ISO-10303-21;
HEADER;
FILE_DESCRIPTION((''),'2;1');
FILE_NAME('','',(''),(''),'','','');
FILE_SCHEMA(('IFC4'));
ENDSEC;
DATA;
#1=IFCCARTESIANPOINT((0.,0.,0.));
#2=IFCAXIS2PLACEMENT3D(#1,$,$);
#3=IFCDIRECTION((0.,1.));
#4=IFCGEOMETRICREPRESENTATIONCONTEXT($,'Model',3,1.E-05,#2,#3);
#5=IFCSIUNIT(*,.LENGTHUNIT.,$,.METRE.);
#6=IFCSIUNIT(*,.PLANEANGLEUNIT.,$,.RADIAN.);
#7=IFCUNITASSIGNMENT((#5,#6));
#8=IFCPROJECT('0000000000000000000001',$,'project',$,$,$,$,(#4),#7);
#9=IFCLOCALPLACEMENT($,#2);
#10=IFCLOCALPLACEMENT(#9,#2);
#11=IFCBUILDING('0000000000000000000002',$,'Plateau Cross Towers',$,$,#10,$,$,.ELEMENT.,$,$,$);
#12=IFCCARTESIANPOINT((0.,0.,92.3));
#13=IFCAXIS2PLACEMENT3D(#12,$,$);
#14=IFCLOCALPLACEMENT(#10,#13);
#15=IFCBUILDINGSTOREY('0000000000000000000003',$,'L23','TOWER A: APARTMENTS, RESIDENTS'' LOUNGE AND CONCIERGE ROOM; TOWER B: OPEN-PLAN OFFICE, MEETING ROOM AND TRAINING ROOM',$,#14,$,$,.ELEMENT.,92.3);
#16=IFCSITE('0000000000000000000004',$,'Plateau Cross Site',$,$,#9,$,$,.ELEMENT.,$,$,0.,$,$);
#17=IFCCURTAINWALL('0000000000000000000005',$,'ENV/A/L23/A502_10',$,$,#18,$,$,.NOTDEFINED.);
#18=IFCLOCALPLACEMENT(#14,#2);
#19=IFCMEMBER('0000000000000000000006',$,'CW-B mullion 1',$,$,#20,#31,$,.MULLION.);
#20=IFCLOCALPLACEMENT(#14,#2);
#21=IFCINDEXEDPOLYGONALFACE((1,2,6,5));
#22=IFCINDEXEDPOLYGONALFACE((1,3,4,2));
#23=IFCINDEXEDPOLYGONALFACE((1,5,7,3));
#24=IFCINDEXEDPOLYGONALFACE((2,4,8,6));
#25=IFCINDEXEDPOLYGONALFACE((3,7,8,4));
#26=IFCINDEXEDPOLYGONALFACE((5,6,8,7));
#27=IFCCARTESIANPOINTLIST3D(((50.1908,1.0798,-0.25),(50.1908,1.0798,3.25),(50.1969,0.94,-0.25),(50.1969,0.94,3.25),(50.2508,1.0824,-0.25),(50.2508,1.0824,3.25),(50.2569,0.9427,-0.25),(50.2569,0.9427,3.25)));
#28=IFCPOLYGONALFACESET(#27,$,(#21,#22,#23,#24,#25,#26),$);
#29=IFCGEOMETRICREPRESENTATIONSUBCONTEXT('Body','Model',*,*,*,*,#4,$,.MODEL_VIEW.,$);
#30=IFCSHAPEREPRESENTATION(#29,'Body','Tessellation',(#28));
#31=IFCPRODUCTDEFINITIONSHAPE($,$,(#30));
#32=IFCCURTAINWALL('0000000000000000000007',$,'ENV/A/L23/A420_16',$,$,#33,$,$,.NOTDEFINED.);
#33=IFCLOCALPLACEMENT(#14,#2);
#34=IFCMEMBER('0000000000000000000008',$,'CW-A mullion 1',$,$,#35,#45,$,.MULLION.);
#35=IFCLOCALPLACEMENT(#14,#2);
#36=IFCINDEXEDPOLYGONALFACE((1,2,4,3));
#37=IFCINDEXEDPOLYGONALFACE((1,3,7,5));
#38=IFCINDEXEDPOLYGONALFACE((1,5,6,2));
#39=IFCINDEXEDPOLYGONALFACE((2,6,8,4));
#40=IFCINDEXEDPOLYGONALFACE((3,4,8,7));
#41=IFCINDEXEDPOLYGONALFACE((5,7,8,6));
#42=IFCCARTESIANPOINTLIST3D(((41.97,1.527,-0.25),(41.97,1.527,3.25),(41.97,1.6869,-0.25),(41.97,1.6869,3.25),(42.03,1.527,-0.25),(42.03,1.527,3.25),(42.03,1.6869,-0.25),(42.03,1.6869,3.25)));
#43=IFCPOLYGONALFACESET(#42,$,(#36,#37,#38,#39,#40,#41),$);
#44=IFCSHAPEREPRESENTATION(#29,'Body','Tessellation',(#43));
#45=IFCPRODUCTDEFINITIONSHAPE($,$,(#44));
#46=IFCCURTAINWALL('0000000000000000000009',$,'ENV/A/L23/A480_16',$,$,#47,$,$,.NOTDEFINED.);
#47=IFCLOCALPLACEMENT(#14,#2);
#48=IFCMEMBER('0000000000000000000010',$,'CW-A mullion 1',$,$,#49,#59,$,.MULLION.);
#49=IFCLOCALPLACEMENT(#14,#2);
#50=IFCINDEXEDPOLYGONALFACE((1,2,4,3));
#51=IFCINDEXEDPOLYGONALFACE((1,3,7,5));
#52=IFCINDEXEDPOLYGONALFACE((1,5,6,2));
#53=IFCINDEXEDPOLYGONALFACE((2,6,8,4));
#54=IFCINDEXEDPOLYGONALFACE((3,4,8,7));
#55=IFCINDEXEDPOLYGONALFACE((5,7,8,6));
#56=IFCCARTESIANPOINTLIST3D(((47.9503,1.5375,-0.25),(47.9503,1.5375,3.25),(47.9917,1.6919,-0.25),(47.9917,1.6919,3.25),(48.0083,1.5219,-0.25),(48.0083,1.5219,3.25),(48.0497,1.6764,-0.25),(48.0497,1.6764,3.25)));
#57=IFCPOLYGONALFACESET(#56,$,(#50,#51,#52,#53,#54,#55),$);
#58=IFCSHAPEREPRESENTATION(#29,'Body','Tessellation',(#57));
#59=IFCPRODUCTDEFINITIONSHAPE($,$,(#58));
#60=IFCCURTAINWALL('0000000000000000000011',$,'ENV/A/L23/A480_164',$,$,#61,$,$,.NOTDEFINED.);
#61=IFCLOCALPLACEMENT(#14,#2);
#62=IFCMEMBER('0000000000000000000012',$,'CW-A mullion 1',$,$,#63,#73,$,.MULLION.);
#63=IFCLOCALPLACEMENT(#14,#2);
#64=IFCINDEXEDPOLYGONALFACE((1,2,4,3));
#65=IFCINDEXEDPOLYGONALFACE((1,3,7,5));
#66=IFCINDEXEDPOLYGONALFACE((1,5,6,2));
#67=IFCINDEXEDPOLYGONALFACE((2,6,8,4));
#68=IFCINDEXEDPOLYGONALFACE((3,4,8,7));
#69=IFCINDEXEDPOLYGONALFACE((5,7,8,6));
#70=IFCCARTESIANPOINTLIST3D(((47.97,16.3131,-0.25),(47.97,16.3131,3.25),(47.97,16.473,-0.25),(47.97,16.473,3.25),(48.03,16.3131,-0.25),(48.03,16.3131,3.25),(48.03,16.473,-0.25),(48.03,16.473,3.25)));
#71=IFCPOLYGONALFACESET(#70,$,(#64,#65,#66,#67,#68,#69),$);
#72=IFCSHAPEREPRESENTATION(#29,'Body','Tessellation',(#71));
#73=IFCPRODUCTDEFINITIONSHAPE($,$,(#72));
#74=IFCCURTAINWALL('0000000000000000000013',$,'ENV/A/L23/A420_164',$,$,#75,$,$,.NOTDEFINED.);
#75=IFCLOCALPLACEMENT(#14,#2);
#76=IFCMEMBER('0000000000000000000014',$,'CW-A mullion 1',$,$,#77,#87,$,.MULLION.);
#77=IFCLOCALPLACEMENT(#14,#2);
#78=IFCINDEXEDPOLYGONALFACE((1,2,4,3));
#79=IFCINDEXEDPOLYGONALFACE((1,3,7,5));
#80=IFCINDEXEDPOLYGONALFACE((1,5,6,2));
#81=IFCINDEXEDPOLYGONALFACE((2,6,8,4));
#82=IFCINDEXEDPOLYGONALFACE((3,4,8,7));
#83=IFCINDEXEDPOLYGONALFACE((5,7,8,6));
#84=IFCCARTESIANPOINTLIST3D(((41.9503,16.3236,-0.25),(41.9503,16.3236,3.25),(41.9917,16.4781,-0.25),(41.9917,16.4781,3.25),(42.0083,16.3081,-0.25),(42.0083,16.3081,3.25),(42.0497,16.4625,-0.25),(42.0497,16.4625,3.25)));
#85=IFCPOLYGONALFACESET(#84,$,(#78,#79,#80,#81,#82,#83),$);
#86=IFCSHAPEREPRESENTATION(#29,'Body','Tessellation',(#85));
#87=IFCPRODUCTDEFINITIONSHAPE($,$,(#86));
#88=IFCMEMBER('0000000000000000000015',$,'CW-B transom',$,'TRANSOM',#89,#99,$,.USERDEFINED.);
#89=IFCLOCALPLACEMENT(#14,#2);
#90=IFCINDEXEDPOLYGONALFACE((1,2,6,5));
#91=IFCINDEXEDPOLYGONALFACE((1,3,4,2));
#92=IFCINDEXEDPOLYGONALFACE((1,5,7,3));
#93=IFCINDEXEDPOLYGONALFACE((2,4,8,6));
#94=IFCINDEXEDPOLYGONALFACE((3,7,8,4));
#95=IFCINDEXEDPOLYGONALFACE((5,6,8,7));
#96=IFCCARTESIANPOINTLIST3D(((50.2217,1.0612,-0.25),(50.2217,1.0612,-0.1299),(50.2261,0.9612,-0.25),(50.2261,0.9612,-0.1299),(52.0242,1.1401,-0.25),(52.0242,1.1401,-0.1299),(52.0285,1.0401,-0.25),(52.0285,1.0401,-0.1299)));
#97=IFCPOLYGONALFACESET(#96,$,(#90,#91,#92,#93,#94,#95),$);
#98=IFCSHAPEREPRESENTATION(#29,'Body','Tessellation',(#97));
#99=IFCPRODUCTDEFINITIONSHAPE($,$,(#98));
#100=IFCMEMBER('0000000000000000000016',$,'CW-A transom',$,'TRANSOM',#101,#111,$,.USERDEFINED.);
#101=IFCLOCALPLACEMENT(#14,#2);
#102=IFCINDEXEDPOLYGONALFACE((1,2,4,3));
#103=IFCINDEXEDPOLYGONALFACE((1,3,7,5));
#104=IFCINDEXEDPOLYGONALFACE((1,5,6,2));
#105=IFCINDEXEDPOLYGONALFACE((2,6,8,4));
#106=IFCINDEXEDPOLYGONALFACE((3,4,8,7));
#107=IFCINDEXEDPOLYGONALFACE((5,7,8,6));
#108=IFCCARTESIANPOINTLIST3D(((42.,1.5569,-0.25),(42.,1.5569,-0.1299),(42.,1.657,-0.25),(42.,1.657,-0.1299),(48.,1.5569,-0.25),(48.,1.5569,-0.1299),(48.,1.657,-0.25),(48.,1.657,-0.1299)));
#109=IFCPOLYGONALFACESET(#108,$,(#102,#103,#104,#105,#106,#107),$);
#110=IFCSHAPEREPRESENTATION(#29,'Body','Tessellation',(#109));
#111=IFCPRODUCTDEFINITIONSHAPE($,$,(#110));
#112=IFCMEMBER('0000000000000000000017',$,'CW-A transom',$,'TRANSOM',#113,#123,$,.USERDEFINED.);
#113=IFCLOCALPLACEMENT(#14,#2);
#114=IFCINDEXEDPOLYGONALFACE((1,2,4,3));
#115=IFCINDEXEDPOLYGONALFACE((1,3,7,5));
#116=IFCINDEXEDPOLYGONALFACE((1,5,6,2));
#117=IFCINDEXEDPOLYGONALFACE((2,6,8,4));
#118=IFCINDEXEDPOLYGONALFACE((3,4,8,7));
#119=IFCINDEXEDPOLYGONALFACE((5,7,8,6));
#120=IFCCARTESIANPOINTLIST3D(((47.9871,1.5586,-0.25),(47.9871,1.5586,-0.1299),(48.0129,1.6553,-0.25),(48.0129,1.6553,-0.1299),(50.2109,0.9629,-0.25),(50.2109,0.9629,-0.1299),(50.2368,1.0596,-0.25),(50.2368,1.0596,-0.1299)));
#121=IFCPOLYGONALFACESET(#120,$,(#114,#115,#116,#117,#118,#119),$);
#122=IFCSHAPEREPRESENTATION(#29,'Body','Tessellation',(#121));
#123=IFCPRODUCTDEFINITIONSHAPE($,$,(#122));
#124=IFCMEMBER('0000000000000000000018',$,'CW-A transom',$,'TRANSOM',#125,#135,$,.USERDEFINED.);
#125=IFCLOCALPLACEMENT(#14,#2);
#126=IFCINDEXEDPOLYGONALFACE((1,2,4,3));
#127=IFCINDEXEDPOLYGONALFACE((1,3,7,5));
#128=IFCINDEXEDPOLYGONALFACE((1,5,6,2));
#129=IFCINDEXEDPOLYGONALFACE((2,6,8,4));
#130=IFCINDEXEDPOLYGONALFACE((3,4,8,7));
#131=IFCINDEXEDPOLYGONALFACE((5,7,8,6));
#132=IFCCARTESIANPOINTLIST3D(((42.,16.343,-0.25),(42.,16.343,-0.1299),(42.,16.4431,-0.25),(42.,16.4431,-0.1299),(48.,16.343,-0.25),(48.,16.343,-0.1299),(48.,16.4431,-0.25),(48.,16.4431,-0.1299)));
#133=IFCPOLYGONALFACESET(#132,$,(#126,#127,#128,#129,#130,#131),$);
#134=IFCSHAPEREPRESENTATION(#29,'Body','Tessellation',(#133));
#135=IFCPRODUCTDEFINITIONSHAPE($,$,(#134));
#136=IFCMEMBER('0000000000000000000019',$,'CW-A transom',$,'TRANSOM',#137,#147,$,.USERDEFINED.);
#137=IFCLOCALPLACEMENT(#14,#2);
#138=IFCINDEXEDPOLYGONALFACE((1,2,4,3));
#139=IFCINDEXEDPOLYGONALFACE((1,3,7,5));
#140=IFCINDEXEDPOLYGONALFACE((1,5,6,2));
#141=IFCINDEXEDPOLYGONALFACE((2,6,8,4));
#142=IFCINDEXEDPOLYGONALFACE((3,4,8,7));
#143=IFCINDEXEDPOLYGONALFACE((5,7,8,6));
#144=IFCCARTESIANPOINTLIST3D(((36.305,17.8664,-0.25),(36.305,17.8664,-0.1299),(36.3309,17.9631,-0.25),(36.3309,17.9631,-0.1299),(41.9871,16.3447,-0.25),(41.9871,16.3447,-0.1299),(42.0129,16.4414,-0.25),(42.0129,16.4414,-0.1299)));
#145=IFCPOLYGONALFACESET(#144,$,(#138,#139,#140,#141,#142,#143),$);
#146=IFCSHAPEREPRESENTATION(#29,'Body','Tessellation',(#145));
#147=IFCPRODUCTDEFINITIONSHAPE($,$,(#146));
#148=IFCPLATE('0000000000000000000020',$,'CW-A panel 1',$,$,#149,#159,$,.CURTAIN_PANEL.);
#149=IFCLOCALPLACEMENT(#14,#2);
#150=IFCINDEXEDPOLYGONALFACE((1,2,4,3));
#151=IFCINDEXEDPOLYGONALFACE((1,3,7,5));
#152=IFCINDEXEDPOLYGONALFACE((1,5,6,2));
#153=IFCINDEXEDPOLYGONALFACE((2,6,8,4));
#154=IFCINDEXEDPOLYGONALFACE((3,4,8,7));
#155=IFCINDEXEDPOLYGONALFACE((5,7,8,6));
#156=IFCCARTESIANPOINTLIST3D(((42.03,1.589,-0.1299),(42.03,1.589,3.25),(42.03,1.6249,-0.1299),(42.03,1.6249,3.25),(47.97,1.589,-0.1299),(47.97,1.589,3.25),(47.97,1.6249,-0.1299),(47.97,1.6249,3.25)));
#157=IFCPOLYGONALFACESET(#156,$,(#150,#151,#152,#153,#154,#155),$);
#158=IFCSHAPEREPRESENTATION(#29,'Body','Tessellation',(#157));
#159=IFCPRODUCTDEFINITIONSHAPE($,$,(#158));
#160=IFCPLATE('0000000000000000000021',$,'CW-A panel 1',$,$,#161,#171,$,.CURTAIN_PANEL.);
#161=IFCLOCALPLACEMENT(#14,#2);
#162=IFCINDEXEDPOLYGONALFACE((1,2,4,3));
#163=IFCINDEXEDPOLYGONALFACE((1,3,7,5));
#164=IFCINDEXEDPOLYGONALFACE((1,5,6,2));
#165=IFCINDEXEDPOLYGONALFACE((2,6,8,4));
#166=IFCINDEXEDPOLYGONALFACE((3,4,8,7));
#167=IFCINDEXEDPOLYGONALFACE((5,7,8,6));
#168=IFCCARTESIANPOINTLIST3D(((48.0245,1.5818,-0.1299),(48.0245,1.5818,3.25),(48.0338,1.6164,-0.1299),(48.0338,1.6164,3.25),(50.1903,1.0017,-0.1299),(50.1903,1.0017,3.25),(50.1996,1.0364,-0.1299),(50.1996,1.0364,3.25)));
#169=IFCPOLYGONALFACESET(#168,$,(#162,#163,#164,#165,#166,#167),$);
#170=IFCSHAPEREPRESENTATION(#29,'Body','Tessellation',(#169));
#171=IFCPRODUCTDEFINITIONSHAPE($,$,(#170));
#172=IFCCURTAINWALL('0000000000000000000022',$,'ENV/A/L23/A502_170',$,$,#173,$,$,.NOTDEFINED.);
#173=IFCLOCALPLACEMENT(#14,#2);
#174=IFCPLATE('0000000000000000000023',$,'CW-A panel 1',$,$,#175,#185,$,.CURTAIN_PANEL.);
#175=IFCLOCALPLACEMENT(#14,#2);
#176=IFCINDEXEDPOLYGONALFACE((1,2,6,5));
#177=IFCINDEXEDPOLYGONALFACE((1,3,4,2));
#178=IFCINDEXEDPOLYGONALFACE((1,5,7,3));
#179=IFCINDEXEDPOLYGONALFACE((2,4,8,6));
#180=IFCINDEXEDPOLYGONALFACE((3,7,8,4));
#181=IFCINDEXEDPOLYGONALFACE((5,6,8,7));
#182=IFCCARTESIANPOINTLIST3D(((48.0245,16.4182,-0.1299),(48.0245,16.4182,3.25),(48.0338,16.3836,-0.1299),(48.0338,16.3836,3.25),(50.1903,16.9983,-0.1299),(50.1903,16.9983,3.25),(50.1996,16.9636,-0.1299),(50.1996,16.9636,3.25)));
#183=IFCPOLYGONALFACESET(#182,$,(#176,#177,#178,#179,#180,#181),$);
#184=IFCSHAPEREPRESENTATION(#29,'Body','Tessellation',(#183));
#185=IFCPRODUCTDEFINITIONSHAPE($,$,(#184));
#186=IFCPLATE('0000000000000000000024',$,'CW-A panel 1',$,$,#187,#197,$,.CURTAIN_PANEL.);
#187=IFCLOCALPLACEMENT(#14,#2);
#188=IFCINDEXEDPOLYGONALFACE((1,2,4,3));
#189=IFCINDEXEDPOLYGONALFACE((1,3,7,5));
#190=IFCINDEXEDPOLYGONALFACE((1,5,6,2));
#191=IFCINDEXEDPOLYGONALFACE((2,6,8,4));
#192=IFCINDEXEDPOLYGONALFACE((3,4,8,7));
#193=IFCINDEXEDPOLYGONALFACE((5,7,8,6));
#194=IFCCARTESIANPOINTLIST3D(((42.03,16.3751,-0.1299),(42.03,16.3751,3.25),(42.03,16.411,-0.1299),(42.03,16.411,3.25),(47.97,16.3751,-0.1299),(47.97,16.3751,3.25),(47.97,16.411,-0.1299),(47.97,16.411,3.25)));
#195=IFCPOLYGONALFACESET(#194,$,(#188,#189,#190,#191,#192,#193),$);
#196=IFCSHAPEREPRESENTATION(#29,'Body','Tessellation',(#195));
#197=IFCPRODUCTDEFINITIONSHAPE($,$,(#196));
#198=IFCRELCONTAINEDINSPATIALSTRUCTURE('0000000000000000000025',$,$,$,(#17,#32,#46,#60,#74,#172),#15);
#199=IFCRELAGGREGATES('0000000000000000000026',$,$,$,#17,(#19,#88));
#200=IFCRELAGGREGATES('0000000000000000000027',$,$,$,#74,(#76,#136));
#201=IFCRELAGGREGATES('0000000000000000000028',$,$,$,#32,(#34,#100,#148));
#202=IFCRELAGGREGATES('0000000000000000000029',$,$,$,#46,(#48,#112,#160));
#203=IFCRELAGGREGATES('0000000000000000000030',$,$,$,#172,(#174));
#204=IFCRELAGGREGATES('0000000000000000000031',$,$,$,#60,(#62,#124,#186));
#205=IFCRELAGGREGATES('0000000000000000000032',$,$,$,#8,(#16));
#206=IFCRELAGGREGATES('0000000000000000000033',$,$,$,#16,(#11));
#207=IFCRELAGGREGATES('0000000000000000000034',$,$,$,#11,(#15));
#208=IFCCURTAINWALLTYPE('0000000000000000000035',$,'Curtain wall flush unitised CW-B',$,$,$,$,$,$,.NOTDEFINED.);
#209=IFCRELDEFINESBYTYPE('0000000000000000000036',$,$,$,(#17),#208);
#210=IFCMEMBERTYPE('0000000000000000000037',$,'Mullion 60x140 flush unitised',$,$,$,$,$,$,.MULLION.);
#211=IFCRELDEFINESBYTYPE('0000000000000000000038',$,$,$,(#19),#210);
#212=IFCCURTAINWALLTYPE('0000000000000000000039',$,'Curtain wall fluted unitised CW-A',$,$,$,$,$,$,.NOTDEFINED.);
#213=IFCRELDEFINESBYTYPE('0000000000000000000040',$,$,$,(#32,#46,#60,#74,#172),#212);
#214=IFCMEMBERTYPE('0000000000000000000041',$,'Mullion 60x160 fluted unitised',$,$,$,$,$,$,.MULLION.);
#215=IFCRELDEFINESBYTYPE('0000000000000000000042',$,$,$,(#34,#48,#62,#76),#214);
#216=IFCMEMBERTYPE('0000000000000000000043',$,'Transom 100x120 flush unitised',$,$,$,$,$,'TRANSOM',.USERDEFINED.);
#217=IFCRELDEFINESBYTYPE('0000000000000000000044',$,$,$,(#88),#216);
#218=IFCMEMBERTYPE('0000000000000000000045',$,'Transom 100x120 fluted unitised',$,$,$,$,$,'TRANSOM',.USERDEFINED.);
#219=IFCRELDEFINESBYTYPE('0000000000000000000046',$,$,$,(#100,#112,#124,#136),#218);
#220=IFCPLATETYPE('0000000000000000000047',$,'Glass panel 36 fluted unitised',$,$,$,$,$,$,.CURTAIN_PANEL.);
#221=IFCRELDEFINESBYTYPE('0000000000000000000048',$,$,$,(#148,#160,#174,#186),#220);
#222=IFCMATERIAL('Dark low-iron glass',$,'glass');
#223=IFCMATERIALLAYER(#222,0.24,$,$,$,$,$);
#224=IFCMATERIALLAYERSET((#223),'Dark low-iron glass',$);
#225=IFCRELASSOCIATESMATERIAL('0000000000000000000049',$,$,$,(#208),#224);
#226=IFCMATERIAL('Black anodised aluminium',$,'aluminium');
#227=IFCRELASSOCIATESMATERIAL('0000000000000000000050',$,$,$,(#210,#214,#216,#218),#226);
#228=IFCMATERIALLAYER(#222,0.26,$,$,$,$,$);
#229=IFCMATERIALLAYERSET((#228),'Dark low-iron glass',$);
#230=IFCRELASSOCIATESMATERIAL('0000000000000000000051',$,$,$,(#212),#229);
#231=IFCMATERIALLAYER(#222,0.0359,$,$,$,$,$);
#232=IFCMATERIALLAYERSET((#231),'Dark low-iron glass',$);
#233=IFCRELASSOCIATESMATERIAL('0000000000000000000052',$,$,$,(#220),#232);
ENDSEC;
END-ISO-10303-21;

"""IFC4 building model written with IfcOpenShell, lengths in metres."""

from ifc_helpers import new_model, si_unit, direction, frame, origin, origin_2d, place, context, subcontext, project, spatial, rectangle, extrude, material, layer, layer_set, material_profile, profile_set, type_object, element, aggregate, save


model = new_model("IFC4")

# Units and contexts
model_context = context("Model", 3, precision=1e-05, world=origin(), true_north=direction((0.0, 1.0)))
body_context = subcontext(model_context, "Body", "Model", "MODEL_VIEW")
ifc_project = project(units=[si_unit("LENGTHUNIT", "METRE"), si_unit("PLANEANGLEUNIT", "RADIAN")], contexts=[model_context])

# Site, building, storey
site_placement = place(None, origin())
site = spatial("IfcSite", under=ifc_project, at=site_placement, Name="Plateau Cross Site", CompositionType="ELEMENT", RefElevation=0.0)
building_placement = place(site_placement, origin())
building = spatial("IfcBuilding", under=site, at=building_placement, Name="Plateau Cross Towers", CompositionType="ELEMENT")
storey_placement = place(building_placement, frame((0.0, 0.0, 92.3)))
storey = spatial("IfcBuildingStorey", under=building, at=storey_placement, Name="L23", Description="TOWER A: APARTMENTS, RESIDENTS' LOUNGE AND CONCIERGE ROOM; TOWER B: OPEN-PLAN OFFICE, MEETING ROOM AND TRAINING ROOM", CompositionType="ELEMENT", Elevation=92.3)

# Curtain walls, members
ifc_material_1 = material(Name="Dark low-iron glass", Category="glass")
ifc_layer_1 = layer(ifc_material_1, 0.24)
ifc_layer_set_1 = layer_set([ifc_layer_1], Name="Dark low-iron glass")
curtain_wall_type_1 = type_object("IfcCurtainWallType", Name="Curtain wall flush unitised CW-B", PredefinedType="NOTDEFINED", material=ifc_layer_set_1)
curtain_wall_1_placement = place(storey_placement, origin())
curtain_wall_1 = element("IfcCurtainWall", 1, at=curtain_wall_1_placement, inside=storey, type_object=curtain_wall_type_1, Name="ENV/A/L23/A502_10", PredefinedType="NOTDEFINED")
ifc_material_2 = material(Name="Black anodised aluminium", Category="aluminium")
ifc_material_profile_1 = material_profile(ifc_material_2, rectangle(XDim=0.0601, YDim=0.1399, at=origin_2d()), Name="MULLION 60x140")
ifc_profile_set_1 = profile_set([ifc_material_profile_1], Name="Black anodised aluminium")
member_type_1 = type_object("IfcMemberType", Name="Mullion 60x140 flush unitised", PredefinedType="MULLION", material=ifc_profile_set_1)
member_1_placement = place(storey_placement, frame((50.2239, 1.0112, -0.25), z_axis=(0.0, 0.0, 1.0), x_axis=(0.999044, 0.043723, 0.0)))
member_1 = element("IfcMember", 2, at=member_1_placement, type_object=member_type_1, Name="CW-B mullion 1", PredefinedType="MULLION", context=body_context, shape_type="SweptSolid", body=[
    extrude(rectangle(XDim=0.0601, YDim=0.1399, at=origin_2d()), origin(), (0.0, 0.0, 1.0), 3.5),
])
ifc_layer_2 = layer(ifc_material_1, 0.26)
ifc_layer_set_2 = layer_set([ifc_layer_2], Name="Dark low-iron glass")
curtain_wall_type_2 = type_object("IfcCurtainWallType", Name="Curtain wall fluted unitised CW-A", PredefinedType="NOTDEFINED", material=ifc_layer_set_2)
curtain_wall_2_placement = place(storey_placement, origin())
curtain_wall_2 = element("IfcCurtainWall", 3, at=curtain_wall_2_placement, inside=storey, type_object=curtain_wall_type_2, Name="ENV/A/L23/A420_16", PredefinedType="NOTDEFINED")
ifc_material_profile_2 = material_profile(ifc_material_2, rectangle(XDim=0.0601, YDim=0.1599, at=origin_2d()), Name="MULLION 60x160")
ifc_profile_set_2 = profile_set([ifc_material_profile_2], Name="Black anodised aluminium")
member_type_2 = type_object("IfcMemberType", Name="Mullion 60x160 fluted unitised", PredefinedType="MULLION", material=ifc_profile_set_2)
member_2_placement = place(storey_placement, frame((42.0, 1.6069, -0.25), z_axis=(0.0, 0.0, 1.0), x_axis=(1.0, 0.0, 0.0)))
member_2 = element("IfcMember", 4, at=member_2_placement, type_object=member_type_2, Name="CW-A mullion 1", PredefinedType="MULLION", context=body_context, shape_type="SweptSolid", body=[
    extrude(rectangle(XDim=0.0601, YDim=0.1599, at=origin_2d()), origin(), (0.0, 0.0, 1.0), 3.5),
])
curtain_wall_3_placement = place(storey_placement, origin())
curtain_wall_3 = element("IfcCurtainWall", 5, at=curtain_wall_3_placement, inside=storey, type_object=curtain_wall_type_2, Name="ENV/A/L23/A480_16", PredefinedType="NOTDEFINED")
member_3_placement = place(storey_placement, frame((48.0, 1.6069, -0.25), z_axis=(0.0, 0.0, 1.0), x_axis=(0.965958, -0.258699, 0.0)))
member_3 = element("IfcMember", 6, at=member_3_placement, type_object=member_type_2, Name="CW-A mullion 1", PredefinedType="MULLION", context=body_context, shape_type="SweptSolid", body=[
    extrude(rectangle(XDim=0.0601, YDim=0.1599, at=origin_2d()), origin(), (0.0, 0.0, 1.0), 3.5),
])
curtain_wall_4_placement = place(storey_placement, origin())
curtain_wall_4 = element("IfcCurtainWall", 7, at=curtain_wall_4_placement, inside=storey, type_object=curtain_wall_type_2, Name="ENV/A/L23/A480_164", PredefinedType="NOTDEFINED")
member_4_placement = place(storey_placement, frame((48.0, 16.3931, -0.25), z_axis=(0.0, 0.0, 1.0), x_axis=(-1.0, 0.0, 0.0)))
member_4 = element("IfcMember", 8, at=member_4_placement, type_object=member_type_2, Name="CW-A mullion 1", PredefinedType="MULLION", context=body_context, shape_type="SweptSolid", body=[
    extrude(rectangle(XDim=0.0601, YDim=0.1599, at=origin_2d()), origin(), (0.0, 0.0, 1.0), 3.5),
])
curtain_wall_5_placement = place(storey_placement, origin())
curtain_wall_5 = element("IfcCurtainWall", 9, at=curtain_wall_5_placement, inside=storey, type_object=curtain_wall_type_2, Name="ENV/A/L23/A420_164", PredefinedType="NOTDEFINED")
member_5_placement = place(storey_placement, frame((42.0, 16.3931, -0.25), z_axis=(0.0, 0.0, 1.0), x_axis=(-0.965958, 0.258699, 0.0)))
member_5 = element("IfcMember", 10, at=member_5_placement, type_object=member_type_2, Name="CW-A mullion 1", PredefinedType="MULLION", context=body_context, shape_type="SweptSolid", body=[
    extrude(rectangle(XDim=0.0601, YDim=0.1599, at=origin_2d()), origin(), (0.0, 0.0, 1.0), 3.5),
])

# Members
ifc_material_profile_3 = material_profile(ifc_material_2, rectangle(XDim=0.1001, YDim=0.1201, at=origin_2d()), Name="TRANSOM 100x120")
ifc_profile_set_3 = profile_set([ifc_material_profile_3], Name="Black anodised aluminium")
member_type_3 = type_object("IfcMemberType", Name="Transom 100x120 flush unitised", ElementType="TRANSOM", PredefinedType="USERDEFINED", material=ifc_profile_set_3)
member_6_placement = place(storey_placement, frame((50.2239, 1.0112, -0.1899), z_axis=(0.999044, 0.043707, 0.0), x_axis=(-0.043707, 0.999044, 0.0)))
member_6 = element("IfcMember", 11, at=member_6_placement, type_object=member_type_3, Name="CW-B transom", ObjectType="TRANSOM", PredefinedType="USERDEFINED", context=body_context, shape_type="SweptSolid", body=[
    extrude(rectangle(XDim=0.1001, YDim=0.1201, at=origin_2d()), origin(), (0.0, 0.0, 1.0), 1.8042),
])
aggregate(curtain_wall_1, [member_1, member_6])
ifc_material_profile_4 = material_profile(ifc_material_2, rectangle(XDim=0.1001, YDim=0.1201, at=origin_2d()), Name="TRANSOM 100x120")
ifc_profile_set_4 = profile_set([ifc_material_profile_4], Name="Black anodised aluminium")
member_type_4 = type_object("IfcMemberType", Name="Transom 100x120 fluted unitised", ElementType="TRANSOM", PredefinedType="USERDEFINED", material=ifc_profile_set_4)
member_7_placement = place(storey_placement, frame((42.0, 1.6069, -0.1899), z_axis=(1.0, 0.0, 0.0), x_axis=(0.0, 1.0, 0.0)))
member_7 = element("IfcMember", 12, at=member_7_placement, type_object=member_type_4, Name="CW-A transom", ObjectType="TRANSOM", PredefinedType="USERDEFINED", context=body_context, shape_type="SweptSolid", body=[
    extrude(rectangle(XDim=0.1001, YDim=0.1201, at=origin_2d()), origin(), (0.0, 0.0, 1.0), 6.0),
])
member_8_placement = place(storey_placement, frame((48.0, 1.6069, -0.1899), z_axis=(0.965946, -0.258745, 0.0), x_axis=(0.258745, 0.965946, 0.0)))
member_8 = element("IfcMember", 13, at=member_8_placement, type_object=member_type_4, Name="CW-A transom", ObjectType="TRANSOM", PredefinedType="USERDEFINED", context=body_context, shape_type="SweptSolid", body=[
    extrude(rectangle(XDim=0.1001, YDim=0.1201, at=origin_2d()), origin(), (0.0, 0.0, 1.0), 2.3022),
])
member_9_placement = place(storey_placement, frame((48.0, 16.3931, -0.1899), z_axis=(-1.0, 0.0, 0.0), x_axis=(0.0, -1.0, 0.0)))
member_9 = element("IfcMember", 14, at=member_9_placement, type_object=member_type_4, Name="CW-A transom", ObjectType="TRANSOM", PredefinedType="USERDEFINED", context=body_context, shape_type="SweptSolid", body=[
    extrude(rectangle(XDim=0.1001, YDim=0.1201, at=origin_2d()), origin(), (0.0, 0.0, 1.0), 6.0),
])
member_10_placement = place(storey_placement, frame((42.0, 16.3931, -0.1899), z_axis=(-0.96596, 0.258693, 0.0), x_axis=(-0.258693, -0.96596, 0.0)))
member_10 = element("IfcMember", 15, at=member_10_placement, type_object=member_type_4, Name="CW-A transom", ObjectType="TRANSOM", PredefinedType="USERDEFINED", context=body_context, shape_type="SweptSolid", body=[
    extrude(rectangle(XDim=0.1001, YDim=0.1201, at=origin_2d()), origin(), (0.0, 0.0, 1.0), 5.8823),
])
aggregate(curtain_wall_5, [member_5, member_10])

# Plates
ifc_layer_3 = layer(ifc_material_1, 0.0359)
ifc_layer_set_3 = layer_set([ifc_layer_3], Name="Dark low-iron glass")
plate_type = type_object("IfcPlateType", Name="Glass panel 36 fluted unitised", PredefinedType="CURTAIN_PANEL", material=ifc_layer_set_3)
plate_1_placement = place(storey_placement, frame((45.0, 1.6069, -0.1299), z_axis=(0.0, 0.0, 1.0), x_axis=(1.0, 0.0, 0.0)))
plate_1 = element("IfcPlate", 16, at=plate_1_placement, type_object=plate_type, Name="CW-A panel 1", PredefinedType="CURTAIN_PANEL", context=body_context, shape_type="SweptSolid", body=[
    extrude(rectangle(XDim=5.9399, YDim=0.0359, at=origin_2d()), origin(), (0.0, 0.0, 1.0), 3.3799),
])
aggregate(curtain_wall_2, [member_2, member_7, plate_1])
plate_2_placement = place(storey_placement, frame((49.1121, 1.3091, -0.1299), z_axis=(0.0, 0.0, 1.0), x_axis=(0.965958, -0.258699, 0.0)))
plate_2 = element("IfcPlate", 17, at=plate_2_placement, type_object=plate_type, Name="CW-A panel 1", PredefinedType="CURTAIN_PANEL", context=body_context, shape_type="SweptSolid", body=[
    extrude(rectangle(XDim=2.2422, YDim=0.0359, at=origin_2d()), origin(), (0.0, 0.0, 1.0), 3.3799),
])
aggregate(curtain_wall_3, [member_3, member_8, plate_2])

# Curtain wall, plate
curtain_wall_6_placement = place(storey_placement, origin())
curtain_wall_6 = element("IfcCurtainWall", 18, at=curtain_wall_6_placement, inside=storey, type_object=curtain_wall_type_2, Name="ENV/A/L23/A502_170", PredefinedType="NOTDEFINED")
plate_3_placement = place(storey_placement, frame((49.1121, 16.6909, -0.1299), z_axis=(0.0, 0.0, 1.0), x_axis=(-0.965958, -0.258699, 0.0)))
plate_3 = element("IfcPlate", 19, at=plate_3_placement, type_object=plate_type, Name="CW-A panel 1", PredefinedType="CURTAIN_PANEL", context=body_context, shape_type="SweptSolid", body=[
    extrude(rectangle(XDim=2.2422, YDim=0.0359, at=origin_2d()), origin(), (0.0, 0.0, 1.0), 3.3799),
])
aggregate(curtain_wall_6, [plate_3])

# Plate
plate_4_placement = place(storey_placement, frame((45.0, 16.3931, -0.1299), z_axis=(0.0, 0.0, 1.0), x_axis=(-1.0, 0.0, 0.0)))
plate_4 = element("IfcPlate", 20, at=plate_4_placement, type_object=plate_type, Name="CW-A panel 1", PredefinedType="CURTAIN_PANEL", context=body_context, shape_type="SweptSolid", body=[
    extrude(rectangle(XDim=5.9399, YDim=0.0359, at=origin_2d()), origin(), (0.0, 0.0, 1.0), 3.3799),
])
aggregate(curtain_wall_4, [member_4, member_9, plate_4])

save(model, "model.ifc")
